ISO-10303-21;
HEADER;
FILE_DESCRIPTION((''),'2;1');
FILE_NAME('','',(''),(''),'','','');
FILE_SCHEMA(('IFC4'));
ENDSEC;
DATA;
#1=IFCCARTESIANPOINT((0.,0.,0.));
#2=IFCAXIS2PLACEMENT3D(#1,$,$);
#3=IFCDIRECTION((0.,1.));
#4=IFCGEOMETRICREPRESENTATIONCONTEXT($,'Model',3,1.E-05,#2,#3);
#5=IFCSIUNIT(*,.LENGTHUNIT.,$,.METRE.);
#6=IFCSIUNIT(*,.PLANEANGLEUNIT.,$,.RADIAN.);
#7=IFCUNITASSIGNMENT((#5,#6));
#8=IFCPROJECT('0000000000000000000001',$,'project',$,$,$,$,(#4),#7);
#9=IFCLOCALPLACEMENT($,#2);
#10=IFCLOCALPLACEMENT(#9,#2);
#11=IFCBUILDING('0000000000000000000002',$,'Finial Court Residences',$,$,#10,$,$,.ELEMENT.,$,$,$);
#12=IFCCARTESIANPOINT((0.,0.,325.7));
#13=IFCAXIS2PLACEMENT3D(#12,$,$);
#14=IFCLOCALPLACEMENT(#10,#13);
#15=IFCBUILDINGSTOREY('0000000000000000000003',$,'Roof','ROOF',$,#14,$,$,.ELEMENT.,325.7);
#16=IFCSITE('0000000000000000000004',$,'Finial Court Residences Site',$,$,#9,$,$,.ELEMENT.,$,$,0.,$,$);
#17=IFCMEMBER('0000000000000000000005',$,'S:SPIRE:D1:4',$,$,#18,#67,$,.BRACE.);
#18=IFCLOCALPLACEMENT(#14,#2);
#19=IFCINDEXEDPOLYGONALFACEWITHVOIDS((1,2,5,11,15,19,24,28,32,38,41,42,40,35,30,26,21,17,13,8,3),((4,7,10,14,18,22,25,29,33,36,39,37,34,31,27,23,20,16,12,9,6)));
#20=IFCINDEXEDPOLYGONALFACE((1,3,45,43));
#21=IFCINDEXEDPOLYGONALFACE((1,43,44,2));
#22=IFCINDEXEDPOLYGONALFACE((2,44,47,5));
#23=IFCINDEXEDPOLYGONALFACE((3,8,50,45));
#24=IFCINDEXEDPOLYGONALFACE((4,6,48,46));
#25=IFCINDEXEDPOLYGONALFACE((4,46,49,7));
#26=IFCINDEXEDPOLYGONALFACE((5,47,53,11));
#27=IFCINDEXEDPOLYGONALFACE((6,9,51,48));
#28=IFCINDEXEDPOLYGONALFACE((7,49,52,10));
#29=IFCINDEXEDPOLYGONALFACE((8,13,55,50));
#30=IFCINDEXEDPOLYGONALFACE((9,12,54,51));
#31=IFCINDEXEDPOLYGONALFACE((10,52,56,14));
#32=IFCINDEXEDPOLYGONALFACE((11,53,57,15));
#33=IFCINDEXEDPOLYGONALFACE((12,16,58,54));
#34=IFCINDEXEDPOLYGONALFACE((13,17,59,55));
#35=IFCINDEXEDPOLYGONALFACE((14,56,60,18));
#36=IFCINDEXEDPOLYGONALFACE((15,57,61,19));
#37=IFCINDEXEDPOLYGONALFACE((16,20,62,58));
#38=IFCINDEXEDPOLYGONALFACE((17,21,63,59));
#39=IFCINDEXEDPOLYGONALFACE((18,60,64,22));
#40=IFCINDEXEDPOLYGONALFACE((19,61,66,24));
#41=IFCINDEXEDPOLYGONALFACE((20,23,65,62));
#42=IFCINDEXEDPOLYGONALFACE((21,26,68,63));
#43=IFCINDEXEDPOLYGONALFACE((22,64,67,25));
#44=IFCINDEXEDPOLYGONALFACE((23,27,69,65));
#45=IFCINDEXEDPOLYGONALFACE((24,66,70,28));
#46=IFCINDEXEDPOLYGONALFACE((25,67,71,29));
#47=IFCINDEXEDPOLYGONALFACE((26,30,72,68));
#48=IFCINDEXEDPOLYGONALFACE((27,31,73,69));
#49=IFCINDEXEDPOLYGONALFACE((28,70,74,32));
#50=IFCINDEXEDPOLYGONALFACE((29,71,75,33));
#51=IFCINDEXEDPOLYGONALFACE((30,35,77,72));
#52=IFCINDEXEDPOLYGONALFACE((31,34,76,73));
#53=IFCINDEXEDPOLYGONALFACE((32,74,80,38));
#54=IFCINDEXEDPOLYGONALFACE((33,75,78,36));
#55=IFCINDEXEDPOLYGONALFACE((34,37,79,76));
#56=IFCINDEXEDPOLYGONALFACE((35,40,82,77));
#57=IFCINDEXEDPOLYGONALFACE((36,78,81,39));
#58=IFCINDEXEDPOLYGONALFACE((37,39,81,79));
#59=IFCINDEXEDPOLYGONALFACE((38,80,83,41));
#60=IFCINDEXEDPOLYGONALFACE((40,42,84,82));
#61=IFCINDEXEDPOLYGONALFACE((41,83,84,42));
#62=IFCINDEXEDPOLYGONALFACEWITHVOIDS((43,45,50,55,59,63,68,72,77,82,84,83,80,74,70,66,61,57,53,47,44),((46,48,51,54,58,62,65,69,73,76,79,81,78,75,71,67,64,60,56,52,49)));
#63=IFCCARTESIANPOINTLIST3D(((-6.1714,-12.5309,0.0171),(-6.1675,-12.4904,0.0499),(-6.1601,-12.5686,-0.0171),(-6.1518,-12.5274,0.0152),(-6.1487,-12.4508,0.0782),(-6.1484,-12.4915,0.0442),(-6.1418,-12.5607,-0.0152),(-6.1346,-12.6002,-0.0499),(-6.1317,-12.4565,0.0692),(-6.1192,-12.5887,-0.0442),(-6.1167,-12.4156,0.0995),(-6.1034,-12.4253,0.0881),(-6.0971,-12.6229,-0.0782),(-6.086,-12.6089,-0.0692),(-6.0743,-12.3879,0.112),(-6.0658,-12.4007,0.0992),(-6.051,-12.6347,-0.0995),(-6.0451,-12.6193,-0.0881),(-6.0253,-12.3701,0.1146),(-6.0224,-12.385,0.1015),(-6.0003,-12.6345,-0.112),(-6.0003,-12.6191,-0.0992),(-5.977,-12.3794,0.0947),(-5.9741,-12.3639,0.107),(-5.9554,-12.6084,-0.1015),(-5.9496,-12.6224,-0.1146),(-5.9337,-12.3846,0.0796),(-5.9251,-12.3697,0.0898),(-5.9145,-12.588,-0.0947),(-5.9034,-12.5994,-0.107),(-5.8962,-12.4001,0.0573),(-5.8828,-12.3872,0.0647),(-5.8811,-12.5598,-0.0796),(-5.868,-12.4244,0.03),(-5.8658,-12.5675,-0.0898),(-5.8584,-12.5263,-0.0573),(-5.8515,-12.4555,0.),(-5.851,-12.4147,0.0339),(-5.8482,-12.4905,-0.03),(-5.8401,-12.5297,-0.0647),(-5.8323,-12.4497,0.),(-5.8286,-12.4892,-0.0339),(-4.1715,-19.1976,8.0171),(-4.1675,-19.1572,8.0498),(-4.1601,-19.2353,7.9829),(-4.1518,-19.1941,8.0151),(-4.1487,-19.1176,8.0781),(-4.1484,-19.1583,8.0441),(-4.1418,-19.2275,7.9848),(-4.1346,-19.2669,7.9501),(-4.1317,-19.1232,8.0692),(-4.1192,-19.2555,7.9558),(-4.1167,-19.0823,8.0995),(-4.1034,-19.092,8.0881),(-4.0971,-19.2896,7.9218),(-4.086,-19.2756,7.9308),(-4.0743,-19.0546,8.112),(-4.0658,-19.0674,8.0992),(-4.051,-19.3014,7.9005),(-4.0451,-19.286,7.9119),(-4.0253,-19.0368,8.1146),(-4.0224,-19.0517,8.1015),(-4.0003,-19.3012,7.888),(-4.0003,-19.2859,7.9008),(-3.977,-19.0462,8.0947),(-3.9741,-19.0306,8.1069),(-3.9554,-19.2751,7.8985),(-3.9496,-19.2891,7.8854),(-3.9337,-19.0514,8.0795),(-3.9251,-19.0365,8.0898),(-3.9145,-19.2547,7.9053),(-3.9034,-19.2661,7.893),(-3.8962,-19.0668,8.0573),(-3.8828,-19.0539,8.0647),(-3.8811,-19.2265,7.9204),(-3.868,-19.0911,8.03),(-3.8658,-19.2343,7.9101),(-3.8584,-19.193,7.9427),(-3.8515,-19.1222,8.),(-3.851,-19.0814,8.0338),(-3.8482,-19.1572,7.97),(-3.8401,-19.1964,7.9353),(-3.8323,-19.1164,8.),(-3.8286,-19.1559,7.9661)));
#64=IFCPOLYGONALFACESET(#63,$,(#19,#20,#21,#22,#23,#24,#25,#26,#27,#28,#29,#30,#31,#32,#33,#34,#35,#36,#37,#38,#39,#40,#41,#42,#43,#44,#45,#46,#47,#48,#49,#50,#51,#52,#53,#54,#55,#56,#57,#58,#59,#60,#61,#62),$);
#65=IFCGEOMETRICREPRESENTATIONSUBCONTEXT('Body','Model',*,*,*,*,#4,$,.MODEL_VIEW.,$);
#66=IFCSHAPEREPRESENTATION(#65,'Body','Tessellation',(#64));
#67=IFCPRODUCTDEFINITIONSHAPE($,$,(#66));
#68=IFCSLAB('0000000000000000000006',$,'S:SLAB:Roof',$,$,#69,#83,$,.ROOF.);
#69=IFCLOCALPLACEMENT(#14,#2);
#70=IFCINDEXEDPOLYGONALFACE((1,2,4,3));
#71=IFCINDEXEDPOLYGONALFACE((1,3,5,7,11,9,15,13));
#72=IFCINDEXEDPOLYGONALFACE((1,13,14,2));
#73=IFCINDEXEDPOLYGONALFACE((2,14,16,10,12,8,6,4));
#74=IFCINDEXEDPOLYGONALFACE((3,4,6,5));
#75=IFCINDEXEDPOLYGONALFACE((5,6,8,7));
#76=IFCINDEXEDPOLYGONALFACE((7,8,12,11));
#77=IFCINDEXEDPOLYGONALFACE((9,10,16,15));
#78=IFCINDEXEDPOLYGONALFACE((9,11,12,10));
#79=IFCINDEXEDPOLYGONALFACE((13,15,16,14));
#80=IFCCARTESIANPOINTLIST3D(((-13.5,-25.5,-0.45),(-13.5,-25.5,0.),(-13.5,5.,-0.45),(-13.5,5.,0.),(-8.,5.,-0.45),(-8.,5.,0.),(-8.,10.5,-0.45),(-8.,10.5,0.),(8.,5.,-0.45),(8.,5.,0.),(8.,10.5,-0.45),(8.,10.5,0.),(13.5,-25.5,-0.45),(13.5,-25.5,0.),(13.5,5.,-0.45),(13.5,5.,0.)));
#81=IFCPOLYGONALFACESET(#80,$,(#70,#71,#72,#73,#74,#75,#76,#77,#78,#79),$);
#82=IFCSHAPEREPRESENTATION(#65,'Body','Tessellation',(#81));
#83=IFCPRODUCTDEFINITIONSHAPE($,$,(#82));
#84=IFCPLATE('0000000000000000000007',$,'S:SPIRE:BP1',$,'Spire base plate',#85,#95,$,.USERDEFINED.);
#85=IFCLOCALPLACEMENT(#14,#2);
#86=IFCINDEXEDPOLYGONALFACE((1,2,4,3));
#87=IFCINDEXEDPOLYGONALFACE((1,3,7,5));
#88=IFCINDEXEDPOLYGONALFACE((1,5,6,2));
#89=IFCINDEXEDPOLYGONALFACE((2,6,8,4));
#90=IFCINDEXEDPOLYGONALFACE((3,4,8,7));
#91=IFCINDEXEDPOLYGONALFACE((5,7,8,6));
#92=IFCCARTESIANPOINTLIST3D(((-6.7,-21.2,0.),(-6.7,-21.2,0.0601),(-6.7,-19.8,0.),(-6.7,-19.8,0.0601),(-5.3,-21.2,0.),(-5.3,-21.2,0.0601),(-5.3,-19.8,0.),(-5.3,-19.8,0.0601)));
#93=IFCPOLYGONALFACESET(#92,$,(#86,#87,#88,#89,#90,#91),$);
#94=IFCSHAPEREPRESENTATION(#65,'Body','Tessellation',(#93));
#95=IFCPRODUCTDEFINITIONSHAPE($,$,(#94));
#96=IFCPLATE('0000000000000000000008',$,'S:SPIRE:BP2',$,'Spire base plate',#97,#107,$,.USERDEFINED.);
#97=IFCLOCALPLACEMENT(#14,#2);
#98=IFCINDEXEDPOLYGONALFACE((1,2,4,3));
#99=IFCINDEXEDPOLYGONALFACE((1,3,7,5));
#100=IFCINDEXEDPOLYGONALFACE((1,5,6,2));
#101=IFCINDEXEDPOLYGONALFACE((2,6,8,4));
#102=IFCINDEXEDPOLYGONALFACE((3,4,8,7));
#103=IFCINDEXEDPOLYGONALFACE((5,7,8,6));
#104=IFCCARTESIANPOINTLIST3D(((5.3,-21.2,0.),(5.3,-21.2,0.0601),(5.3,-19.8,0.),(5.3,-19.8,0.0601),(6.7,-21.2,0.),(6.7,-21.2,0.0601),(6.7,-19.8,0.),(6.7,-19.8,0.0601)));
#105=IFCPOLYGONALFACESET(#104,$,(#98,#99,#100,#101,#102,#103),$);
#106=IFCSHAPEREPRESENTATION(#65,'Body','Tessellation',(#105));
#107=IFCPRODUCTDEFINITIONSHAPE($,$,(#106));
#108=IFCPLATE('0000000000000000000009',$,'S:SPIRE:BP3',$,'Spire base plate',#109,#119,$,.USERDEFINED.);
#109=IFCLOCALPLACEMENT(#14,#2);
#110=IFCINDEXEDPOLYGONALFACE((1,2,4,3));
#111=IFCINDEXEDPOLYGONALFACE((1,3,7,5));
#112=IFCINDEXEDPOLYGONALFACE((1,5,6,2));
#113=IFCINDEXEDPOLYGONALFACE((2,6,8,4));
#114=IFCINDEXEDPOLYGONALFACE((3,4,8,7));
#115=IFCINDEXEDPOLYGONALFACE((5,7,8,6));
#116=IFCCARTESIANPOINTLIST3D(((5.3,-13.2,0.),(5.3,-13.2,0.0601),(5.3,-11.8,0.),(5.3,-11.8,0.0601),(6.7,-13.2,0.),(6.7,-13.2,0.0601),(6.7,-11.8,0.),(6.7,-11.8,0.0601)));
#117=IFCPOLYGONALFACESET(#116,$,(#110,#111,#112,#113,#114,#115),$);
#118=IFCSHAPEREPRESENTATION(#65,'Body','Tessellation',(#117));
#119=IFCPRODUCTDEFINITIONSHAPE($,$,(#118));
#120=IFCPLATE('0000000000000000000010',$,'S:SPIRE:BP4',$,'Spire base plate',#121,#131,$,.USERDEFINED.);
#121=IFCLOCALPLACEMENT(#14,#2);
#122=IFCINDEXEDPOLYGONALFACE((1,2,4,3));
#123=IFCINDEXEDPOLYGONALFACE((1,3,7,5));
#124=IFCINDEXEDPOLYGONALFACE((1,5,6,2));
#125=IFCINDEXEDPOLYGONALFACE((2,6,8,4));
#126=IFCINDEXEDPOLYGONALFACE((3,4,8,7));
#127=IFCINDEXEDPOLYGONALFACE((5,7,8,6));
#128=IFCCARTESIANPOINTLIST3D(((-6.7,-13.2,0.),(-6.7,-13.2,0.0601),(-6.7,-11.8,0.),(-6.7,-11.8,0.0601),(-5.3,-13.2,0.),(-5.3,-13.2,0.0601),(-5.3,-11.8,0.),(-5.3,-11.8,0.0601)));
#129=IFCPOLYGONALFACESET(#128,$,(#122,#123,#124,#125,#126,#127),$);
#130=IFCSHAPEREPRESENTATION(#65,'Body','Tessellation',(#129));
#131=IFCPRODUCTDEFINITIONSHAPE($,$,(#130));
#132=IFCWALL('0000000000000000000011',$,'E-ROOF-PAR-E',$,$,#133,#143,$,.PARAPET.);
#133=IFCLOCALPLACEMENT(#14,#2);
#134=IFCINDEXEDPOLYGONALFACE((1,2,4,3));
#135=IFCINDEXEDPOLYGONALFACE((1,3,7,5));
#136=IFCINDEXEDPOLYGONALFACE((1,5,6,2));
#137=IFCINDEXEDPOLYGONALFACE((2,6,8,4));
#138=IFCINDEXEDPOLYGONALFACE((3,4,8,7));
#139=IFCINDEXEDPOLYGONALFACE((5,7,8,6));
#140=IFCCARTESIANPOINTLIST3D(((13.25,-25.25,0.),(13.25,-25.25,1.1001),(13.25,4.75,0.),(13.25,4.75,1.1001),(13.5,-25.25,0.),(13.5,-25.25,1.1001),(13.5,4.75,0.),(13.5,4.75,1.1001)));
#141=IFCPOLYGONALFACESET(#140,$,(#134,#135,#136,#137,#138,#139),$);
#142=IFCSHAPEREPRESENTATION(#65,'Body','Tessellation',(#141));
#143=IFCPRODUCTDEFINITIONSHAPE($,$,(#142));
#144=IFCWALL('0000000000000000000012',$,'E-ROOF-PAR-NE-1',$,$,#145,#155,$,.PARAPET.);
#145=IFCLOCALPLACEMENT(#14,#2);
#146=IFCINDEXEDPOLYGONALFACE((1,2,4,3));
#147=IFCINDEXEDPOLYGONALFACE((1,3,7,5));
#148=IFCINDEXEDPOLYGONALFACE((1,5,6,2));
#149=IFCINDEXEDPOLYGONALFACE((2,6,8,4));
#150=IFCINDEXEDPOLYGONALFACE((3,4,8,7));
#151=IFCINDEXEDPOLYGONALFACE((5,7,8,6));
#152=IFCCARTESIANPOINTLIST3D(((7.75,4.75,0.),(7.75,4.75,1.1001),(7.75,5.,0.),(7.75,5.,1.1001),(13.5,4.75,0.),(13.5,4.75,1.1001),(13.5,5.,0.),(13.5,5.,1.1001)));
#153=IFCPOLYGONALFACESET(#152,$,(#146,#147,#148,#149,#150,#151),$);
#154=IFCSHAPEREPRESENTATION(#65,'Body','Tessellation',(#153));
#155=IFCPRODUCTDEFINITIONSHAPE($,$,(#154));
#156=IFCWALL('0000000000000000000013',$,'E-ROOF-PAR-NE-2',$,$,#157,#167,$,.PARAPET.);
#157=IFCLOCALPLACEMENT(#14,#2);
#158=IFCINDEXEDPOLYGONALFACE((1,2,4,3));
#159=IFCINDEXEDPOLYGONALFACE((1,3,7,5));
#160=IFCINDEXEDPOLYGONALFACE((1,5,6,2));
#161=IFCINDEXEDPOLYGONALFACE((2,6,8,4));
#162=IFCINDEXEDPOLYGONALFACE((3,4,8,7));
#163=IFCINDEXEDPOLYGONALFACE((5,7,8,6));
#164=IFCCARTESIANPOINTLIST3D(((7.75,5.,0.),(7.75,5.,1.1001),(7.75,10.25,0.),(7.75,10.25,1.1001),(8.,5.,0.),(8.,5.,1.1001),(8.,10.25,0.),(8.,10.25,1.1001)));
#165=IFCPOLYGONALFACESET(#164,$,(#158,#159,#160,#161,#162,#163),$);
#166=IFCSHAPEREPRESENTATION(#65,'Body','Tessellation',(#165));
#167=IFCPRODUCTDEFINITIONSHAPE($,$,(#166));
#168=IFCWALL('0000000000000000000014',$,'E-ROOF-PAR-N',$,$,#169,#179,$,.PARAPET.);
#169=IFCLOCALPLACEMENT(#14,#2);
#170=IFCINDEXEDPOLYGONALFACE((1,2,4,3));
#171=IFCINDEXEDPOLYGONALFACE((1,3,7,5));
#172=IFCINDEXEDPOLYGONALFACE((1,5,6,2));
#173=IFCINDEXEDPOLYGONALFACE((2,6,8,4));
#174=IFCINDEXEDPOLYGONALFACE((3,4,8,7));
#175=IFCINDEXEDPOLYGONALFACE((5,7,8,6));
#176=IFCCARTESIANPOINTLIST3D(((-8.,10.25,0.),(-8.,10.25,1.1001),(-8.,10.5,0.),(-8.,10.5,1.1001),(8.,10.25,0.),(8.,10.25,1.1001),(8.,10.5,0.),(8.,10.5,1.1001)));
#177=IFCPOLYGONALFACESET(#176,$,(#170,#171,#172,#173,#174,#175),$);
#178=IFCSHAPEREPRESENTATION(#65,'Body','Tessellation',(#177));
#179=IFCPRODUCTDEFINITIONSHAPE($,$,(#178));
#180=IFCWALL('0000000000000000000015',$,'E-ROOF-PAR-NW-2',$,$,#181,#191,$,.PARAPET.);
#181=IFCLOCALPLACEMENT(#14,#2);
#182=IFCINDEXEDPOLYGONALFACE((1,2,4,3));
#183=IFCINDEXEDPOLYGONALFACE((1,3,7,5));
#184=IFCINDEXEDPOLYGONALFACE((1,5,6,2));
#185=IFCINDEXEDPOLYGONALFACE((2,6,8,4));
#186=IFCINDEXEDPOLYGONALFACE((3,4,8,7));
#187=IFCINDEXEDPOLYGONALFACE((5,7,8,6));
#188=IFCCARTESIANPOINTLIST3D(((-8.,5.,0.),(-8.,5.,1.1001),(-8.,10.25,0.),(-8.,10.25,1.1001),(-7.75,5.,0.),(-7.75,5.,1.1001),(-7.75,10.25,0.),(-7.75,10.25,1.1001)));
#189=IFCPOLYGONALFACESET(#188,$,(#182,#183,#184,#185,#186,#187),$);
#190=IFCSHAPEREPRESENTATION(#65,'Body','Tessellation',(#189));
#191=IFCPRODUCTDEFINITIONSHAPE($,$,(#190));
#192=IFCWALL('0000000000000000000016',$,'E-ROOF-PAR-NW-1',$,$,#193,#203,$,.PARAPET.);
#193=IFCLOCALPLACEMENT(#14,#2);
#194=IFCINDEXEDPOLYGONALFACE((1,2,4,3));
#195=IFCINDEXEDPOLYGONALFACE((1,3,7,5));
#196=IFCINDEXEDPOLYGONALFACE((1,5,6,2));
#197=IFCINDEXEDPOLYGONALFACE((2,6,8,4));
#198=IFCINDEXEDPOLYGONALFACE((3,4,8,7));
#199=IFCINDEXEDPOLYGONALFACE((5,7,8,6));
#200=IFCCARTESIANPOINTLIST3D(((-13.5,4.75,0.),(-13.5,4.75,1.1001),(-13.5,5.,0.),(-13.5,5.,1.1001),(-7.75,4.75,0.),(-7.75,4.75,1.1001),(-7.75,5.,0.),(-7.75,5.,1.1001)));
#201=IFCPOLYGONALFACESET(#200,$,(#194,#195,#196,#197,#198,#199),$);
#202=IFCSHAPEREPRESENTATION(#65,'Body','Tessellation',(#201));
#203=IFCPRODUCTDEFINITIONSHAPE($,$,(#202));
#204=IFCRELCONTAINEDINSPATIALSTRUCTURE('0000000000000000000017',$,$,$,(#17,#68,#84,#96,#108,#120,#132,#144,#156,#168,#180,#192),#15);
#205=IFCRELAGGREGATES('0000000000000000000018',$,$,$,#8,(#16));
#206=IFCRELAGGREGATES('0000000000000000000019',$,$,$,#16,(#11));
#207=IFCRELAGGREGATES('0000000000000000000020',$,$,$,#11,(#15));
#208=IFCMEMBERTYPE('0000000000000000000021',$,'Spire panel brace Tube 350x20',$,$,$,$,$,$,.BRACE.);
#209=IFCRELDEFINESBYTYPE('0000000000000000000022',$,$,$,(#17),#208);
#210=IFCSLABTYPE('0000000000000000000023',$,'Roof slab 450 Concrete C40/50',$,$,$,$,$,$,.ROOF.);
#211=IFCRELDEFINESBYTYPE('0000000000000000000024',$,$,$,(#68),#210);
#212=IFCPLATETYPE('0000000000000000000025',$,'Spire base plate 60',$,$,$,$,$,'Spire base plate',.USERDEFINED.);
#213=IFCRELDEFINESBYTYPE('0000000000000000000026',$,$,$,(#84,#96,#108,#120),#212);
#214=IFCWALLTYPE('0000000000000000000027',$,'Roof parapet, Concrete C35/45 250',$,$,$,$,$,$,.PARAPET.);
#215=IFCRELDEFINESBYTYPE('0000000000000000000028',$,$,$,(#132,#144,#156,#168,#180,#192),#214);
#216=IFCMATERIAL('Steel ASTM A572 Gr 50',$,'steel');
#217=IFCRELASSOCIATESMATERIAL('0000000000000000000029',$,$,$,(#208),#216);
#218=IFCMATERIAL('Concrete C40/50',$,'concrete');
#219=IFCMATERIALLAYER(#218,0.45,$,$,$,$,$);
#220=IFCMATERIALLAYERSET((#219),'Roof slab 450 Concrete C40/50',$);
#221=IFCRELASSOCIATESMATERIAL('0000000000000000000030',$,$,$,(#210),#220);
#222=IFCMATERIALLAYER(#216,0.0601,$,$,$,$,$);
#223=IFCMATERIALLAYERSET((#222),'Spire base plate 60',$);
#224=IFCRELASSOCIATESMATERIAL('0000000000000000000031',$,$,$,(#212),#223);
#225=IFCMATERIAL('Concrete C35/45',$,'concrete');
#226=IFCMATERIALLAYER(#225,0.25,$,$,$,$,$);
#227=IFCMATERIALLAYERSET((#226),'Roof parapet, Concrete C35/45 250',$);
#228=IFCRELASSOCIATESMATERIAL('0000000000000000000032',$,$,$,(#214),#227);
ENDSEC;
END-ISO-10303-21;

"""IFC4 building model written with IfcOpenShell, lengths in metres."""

from ifc_helpers import new_model, si_unit, direction, frame, frame_2d, origin, origin_2d, place, context, subcontext, project, spatial, polyline, rectangle, hollow_circle, outline, extrude, material, layer, layer_set, material_profile, profile_set, type_object, element, save


model = new_model("IFC4")

# Units and contexts
model_context = context("Model", 3, precision=1e-05, world=origin(), true_north=direction((0.0, 1.0)))
body_context = subcontext(model_context, "Body", "Model", "MODEL_VIEW")
ifc_project = project(units=[si_unit("LENGTHUNIT", "METRE"), si_unit("PLANEANGLEUNIT", "RADIAN")], contexts=[model_context])

# Site, building, storey
site_placement = place(None, origin())
site = spatial("IfcSite", under=ifc_project, at=site_placement, Name="Finial Court Residences Site", CompositionType="ELEMENT", RefElevation=0.0)
building_placement = place(site_placement, origin())
building = spatial("IfcBuilding", under=site, at=building_placement, Name="Finial Court Residences", CompositionType="ELEMENT")
storey_placement = place(building_placement, frame((0.0, 0.0, 325.7)))
storey = spatial("IfcBuildingStorey", under=building, at=storey_placement, Name="Roof", Description="ROOF", CompositionType="ELEMENT", Elevation=325.7)

# Member
ifc_material_1 = material(Name="Steel ASTM A572 Gr 50", Category="steel")
ifc_material_profile_1 = material_profile(ifc_material_1, hollow_circle(Radius=0.175, WallThickness=0.02, at=origin_2d()), Name="Tube 350x20")
ifc_profile_set_1 = profile_set([ifc_material_profile_1], Name="Steel ASTM A572 Gr 50")
member_type_1 = type_object("IfcMemberType", Name="Spire panel brace Tube 350x20", PredefinedType="BRACE", material=ifc_profile_set_1)
member_1_placement = place(storey_placement, frame((-6.0, -12.5, 0.0), z_axis=(0.188607, -0.628699, 0.75443), x_axis=(0.957827, 0.287345, 0.0)))
element("IfcMember", 1, at=member_1_placement, inside=storey, type_object=member_type_1, Name="S:SPIRE:D1:4", PredefinedType="BRACE", context=body_context, shape_type="SweptSolid", body=[
    extrude(hollow_circle(Radius=0.175, WallThickness=0.02, at=origin_2d()), origin(), (0.0, 0.0, 1.0), 10.604),
])

# Slab
ifc_material_2 = material(Name="Concrete C40/50", Category="concrete")
ifc_layer_1 = layer(ifc_material_2, 0.45)
ifc_layer_set_1 = layer_set([ifc_layer_1], Name="Roof slab 450 Concrete C40/50")
slab_type = type_object("IfcSlabType", Name="Roof slab 450 Concrete C40/50", PredefinedType="ROOF", material=ifc_layer_set_1)
slab_placement = place(storey_placement, frame((0.0, 0.0, -0.45)))
element("IfcSlab", 2, at=slab_placement, inside=storey, type_object=slab_type, Name="S:SLAB:Roof", PredefinedType="ROOF", context=body_context, shape_type="SweptSolid", body=[
    extrude(outline(polyline([(13.5, -25.5), (-13.5, -25.5), (-13.5, 5.0), (-8.0, 5.0), (-8.0, 10.5), (8.0, 10.5), (8.0, 5.0), (13.5, 5.0), (13.5, -25.5)])), origin(), (0.0, 0.0, 1.0), 0.45),
])

# Plates
ifc_layer_2 = layer(ifc_material_1, 0.0601)
ifc_layer_set_2 = layer_set([ifc_layer_2], Name="Spire base plate 60")
plate_type = type_object("IfcPlateType", Name="Spire base plate 60", ElementType="Spire base plate", PredefinedType="USERDEFINED", material=ifc_layer_set_2)
for number, where, z_axis, x_axis, name in (
    (3, (-6.0, -20.5, 0.0), (0.0, 0.0, 1.0), (1.0, 0.0, 0.0), "S:SPIRE:BP1"),
    (4, (6.0, -20.5, 0.0), (0.0, 0.0, 1.0), (1.0, 0.0, 0.0), "S:SPIRE:BP2"),
    (5, (6.0, -12.5, 0.0), (0.0, 0.0, 1.0), (1.0, 0.0, 0.0), "S:SPIRE:BP3"),
    (6, (-6.0, -12.5, 0.0), (0.0, 0.0, 1.0), (1.0, 0.0, 0.0), "S:SPIRE:BP4"),
):
    element("IfcPlate", number, at=place(storey_placement, frame(where, z_axis=z_axis, x_axis=x_axis)), inside=storey, type_object=plate_type, Name=name, ObjectType="Spire base plate", PredefinedType="USERDEFINED", context=body_context, shape_type="SweptSolid", body=[
        extrude(rectangle(XDim=1.3999, YDim=1.3999, at=origin_2d()), origin(), (0.0, 0.0, 1.0), 0.0601),
    ])

# Walls
ifc_material_3 = material(Name="Concrete C35/45", Category="concrete")
ifc_layer_3 = layer(ifc_material_3, 0.25)
ifc_layer_set_3 = layer_set([ifc_layer_3], Name="Roof parapet, Concrete C35/45 250")
wall_type = type_object("IfcWallType", Name="Roof parapet, Concrete C35/45 250", PredefinedType="PARAPET", material=ifc_layer_set_3)
wall_1_placement = place(storey_placement, frame((13.375, -25.25, 0.0), z_axis=(0.0, 0.0, 1.0), x_axis=(0.0, 1.0, 0.0)))
element("IfcWall", 7, at=wall_1_placement, inside=storey, type_object=wall_type, Name="E-ROOF-PAR-E", PredefinedType="PARAPET", context=body_context, shape_type="SweptSolid", body=[
    extrude(rectangle(XDim=30.0, YDim=0.25, at=frame_2d((15.0, 0.0))), origin(), (0.0, 0.0, 1.0), 1.1001),
])
wall_2_placement = place(storey_placement, frame((7.75, 4.875, 0.0), z_axis=(0.0, 0.0, 1.0), x_axis=(1.0, 0.0, 0.0)))
element("IfcWall", 8, at=wall_2_placement, inside=storey, type_object=wall_type, Name="E-ROOF-PAR-NE-1", PredefinedType="PARAPET", context=body_context, shape_type="SweptSolid", body=[
    extrude(rectangle(XDim=5.75, YDim=0.25, at=frame_2d((2.875, 0.0))), origin(), (0.0, 0.0, 1.0), 1.1001),
])
wall_3_placement = place(storey_placement, frame((7.875, 5.0, 0.0), z_axis=(0.0, 0.0, 1.0), x_axis=(0.0, 1.0, 0.0)))
element("IfcWall", 9, at=wall_3_placement, inside=storey, type_object=wall_type, Name="E-ROOF-PAR-NE-2", PredefinedType="PARAPET", context=body_context, shape_type="SweptSolid", body=[
    extrude(rectangle(XDim=5.25, YDim=0.25, at=frame_2d((2.625, 0.0))), origin(), (0.0, 0.0, 1.0), 1.1001),
])
wall_4_placement = place(storey_placement, frame((-8.0, 10.375, 0.0), z_axis=(0.0, 0.0, 1.0), x_axis=(1.0, 0.0, 0.0)))
element("IfcWall", 10, at=wall_4_placement, inside=storey, type_object=wall_type, Name="E-ROOF-PAR-N", PredefinedType="PARAPET", context=body_context, shape_type="SweptSolid", body=[
    extrude(rectangle(XDim=16.0, YDim=0.25, at=frame_2d((8.0, 0.0))), origin(), (0.0, 0.0, 1.0), 1.1001),
])
wall_5_placement = place(storey_placement, frame((-7.875, 5.0, 0.0), z_axis=(0.0, 0.0, 1.0), x_axis=(0.0, 1.0, 0.0)))
element("IfcWall", 11, at=wall_5_placement, inside=storey, type_object=wall_type, Name="E-ROOF-PAR-NW-2", PredefinedType="PARAPET", context=body_context, shape_type="SweptSolid", body=[
    extrude(rectangle(XDim=5.25, YDim=0.25, at=frame_2d((2.625, 0.0))), origin(), (0.0, 0.0, 1.0), 1.1001),
])
wall_6_placement = place(storey_placement, frame((-13.5, 4.875, 0.0), z_axis=(0.0, 0.0, 1.0), x_axis=(1.0, 0.0, 0.0)))
element("IfcWall", 12, at=wall_6_placement, inside=storey, type_object=wall_type, Name="E-ROOF-PAR-NW-1", PredefinedType="PARAPET", context=body_context, shape_type="SweptSolid", body=[
    extrude(rectangle(XDim=5.75, YDim=0.25, at=frame_2d((2.875, 0.0))), origin(), (0.0, 0.0, 1.0), 1.1001),
])

save(model, "model.ifc")
